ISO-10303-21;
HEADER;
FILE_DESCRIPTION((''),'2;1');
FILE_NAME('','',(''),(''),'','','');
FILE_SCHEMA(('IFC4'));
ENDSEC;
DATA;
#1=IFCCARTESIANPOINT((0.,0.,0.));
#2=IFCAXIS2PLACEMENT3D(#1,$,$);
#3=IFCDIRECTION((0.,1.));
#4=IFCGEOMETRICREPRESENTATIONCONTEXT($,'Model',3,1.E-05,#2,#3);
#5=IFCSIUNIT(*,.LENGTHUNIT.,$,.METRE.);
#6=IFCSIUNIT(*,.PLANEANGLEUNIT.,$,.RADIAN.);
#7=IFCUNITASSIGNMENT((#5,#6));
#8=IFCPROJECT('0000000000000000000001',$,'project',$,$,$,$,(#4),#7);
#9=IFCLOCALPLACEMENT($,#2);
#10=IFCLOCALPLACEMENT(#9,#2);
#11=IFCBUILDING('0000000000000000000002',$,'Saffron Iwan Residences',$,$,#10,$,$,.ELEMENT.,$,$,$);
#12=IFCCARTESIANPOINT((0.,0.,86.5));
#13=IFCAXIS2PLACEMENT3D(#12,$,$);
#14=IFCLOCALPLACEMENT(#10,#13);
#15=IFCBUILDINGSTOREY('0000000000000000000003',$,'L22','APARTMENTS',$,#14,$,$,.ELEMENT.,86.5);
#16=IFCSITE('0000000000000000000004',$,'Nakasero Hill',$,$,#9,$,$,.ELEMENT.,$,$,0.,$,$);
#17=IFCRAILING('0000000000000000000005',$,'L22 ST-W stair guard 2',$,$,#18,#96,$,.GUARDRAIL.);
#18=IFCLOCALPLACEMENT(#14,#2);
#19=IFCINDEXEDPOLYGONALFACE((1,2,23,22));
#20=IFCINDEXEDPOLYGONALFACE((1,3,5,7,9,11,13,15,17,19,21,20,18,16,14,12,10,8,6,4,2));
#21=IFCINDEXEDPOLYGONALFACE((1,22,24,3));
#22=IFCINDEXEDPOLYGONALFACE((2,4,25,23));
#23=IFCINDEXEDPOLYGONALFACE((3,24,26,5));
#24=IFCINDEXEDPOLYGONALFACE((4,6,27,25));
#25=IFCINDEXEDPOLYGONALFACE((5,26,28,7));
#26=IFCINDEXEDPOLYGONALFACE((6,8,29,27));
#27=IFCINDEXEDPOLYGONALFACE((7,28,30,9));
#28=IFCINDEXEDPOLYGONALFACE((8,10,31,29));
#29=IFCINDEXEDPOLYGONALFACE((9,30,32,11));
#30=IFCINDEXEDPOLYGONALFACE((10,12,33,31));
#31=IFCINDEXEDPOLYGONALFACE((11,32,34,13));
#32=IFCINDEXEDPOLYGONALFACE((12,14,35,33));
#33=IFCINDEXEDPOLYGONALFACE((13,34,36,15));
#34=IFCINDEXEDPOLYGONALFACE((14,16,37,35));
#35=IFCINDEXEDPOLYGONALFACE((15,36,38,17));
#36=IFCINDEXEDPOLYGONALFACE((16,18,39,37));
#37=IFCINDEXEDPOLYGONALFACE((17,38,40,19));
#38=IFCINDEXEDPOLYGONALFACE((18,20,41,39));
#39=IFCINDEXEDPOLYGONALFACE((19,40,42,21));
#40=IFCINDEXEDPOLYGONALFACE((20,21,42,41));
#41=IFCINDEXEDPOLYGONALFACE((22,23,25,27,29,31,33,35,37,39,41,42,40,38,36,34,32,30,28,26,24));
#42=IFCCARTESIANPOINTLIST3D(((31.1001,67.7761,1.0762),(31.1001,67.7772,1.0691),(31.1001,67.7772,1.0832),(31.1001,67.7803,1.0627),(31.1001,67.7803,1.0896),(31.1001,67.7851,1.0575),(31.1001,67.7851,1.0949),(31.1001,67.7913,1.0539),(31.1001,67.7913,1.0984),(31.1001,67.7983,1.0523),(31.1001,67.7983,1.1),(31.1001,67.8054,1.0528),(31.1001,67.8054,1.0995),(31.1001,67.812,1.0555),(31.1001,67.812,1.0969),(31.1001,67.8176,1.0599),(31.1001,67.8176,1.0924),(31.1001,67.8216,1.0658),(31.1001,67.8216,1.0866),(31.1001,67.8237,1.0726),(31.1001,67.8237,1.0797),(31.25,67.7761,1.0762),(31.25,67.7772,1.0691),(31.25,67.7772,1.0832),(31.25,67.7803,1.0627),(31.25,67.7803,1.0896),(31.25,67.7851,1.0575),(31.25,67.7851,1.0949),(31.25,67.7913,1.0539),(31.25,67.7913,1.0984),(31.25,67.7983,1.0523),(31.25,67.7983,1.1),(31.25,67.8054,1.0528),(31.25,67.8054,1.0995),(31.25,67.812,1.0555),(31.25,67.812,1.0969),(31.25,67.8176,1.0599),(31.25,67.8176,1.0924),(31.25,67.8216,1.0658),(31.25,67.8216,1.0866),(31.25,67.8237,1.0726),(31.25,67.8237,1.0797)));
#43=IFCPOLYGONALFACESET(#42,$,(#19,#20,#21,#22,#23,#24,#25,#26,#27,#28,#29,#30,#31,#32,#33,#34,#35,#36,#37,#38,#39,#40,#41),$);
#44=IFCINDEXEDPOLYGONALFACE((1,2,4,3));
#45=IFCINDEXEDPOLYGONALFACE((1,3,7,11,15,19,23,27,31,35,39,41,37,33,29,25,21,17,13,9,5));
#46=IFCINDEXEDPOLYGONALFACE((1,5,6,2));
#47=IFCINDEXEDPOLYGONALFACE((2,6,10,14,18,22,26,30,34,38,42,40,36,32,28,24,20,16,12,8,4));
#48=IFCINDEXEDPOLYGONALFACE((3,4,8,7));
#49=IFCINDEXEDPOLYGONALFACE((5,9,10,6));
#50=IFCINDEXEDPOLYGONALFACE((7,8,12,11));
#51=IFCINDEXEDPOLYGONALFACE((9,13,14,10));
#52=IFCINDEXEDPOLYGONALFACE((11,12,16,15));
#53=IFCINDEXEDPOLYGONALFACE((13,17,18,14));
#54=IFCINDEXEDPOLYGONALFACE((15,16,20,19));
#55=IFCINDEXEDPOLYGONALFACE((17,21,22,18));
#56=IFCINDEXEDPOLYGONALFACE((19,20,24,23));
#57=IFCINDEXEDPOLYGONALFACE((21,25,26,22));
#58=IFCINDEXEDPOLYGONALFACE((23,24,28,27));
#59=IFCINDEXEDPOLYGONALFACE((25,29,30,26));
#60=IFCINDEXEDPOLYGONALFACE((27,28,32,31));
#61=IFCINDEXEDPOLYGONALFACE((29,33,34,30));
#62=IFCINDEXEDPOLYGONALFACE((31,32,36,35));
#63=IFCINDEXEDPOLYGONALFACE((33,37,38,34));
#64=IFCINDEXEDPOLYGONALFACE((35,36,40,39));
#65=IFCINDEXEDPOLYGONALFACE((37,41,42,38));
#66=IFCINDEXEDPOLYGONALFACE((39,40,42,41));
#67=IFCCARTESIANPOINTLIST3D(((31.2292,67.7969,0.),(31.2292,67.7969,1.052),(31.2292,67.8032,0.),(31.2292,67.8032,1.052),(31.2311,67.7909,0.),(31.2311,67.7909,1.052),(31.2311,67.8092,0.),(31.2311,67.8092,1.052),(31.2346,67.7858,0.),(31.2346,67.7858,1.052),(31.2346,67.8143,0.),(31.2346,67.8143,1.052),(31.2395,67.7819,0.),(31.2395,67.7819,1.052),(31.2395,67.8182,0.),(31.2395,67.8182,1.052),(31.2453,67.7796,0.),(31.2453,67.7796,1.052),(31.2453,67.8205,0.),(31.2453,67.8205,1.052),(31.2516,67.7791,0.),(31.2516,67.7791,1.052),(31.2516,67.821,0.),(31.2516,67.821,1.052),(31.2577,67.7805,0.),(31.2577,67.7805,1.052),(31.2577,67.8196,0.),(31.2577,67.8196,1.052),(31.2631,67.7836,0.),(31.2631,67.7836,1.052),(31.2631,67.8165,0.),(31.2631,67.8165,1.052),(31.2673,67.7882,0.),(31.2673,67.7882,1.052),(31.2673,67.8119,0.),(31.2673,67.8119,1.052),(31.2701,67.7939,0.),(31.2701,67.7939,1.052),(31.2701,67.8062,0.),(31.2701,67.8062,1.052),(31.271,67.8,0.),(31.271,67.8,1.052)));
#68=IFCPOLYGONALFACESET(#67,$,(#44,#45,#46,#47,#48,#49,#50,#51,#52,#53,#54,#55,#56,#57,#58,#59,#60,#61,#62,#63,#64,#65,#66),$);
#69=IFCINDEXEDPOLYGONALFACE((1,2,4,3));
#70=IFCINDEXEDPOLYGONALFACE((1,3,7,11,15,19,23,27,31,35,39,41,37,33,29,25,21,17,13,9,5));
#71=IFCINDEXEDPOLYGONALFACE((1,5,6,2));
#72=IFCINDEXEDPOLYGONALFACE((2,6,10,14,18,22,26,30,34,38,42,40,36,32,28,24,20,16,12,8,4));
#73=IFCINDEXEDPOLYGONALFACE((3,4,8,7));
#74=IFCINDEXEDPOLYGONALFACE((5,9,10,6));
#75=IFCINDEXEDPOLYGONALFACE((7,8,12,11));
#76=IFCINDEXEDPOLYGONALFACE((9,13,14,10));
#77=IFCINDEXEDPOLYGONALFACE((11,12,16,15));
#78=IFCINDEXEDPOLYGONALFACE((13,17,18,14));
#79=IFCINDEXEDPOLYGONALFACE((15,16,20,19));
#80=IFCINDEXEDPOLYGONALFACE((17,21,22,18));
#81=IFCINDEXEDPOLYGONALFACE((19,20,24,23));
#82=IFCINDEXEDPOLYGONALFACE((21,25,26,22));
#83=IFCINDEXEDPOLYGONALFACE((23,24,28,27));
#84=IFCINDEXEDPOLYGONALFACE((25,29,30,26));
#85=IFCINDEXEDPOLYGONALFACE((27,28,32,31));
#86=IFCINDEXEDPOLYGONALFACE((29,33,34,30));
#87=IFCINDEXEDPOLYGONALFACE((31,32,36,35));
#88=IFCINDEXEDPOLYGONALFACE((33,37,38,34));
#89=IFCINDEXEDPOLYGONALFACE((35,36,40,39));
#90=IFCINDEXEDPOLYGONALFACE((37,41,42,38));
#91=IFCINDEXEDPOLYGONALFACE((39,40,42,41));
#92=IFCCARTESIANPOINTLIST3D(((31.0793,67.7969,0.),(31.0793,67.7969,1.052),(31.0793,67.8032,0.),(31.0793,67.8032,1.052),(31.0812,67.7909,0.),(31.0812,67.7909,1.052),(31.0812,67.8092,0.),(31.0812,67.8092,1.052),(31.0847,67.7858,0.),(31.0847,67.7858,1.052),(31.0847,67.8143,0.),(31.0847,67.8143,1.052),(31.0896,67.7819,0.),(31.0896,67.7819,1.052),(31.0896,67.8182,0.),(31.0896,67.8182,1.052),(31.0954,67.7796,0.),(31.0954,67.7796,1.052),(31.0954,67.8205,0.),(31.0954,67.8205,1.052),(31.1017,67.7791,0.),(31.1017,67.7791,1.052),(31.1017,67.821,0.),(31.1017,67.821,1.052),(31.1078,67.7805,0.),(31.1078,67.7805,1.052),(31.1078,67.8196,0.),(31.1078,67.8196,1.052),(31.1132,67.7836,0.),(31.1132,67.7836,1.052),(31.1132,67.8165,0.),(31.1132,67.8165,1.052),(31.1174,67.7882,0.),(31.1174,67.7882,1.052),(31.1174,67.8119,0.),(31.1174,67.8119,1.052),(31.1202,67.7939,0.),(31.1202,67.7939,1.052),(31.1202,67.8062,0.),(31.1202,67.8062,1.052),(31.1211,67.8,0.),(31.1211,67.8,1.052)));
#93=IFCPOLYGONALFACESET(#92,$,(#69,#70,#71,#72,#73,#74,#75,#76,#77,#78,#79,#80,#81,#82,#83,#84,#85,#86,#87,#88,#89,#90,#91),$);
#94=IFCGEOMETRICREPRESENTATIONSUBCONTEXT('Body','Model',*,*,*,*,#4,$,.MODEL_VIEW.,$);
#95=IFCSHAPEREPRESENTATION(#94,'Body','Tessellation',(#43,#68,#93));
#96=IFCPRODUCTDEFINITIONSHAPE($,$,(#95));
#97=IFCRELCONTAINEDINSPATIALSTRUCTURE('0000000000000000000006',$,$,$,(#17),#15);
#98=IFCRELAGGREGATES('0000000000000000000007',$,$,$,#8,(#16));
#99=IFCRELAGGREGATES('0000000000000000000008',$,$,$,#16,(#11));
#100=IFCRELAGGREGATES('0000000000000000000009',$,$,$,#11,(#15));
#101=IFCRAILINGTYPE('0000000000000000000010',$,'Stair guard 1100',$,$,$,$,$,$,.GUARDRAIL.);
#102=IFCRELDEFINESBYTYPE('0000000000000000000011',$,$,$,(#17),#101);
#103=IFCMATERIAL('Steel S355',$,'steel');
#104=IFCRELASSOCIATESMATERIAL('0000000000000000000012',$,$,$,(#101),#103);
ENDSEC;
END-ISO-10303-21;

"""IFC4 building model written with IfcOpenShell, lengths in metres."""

from ifc_helpers import new_model, si_unit, direction, frame, origin, origin_2d, place, context, subcontext, project, spatial, circle, extrude, material, type_object, element, save


model = new_model("IFC4")

# Units and contexts
model_context = context("Model", 3, precision=1e-05, world=origin(), true_north=direction((0.0, 1.0)))
body_context = subcontext(model_context, "Body", "Model", "MODEL_VIEW")
ifc_project = project(units=[si_unit("LENGTHUNIT", "METRE"), si_unit("PLANEANGLEUNIT", "RADIAN")], contexts=[model_context])

# Site, building, storey
site_placement = place(None, origin())
site = spatial("IfcSite", under=ifc_project, at=site_placement, Name="Nakasero Hill", CompositionType="ELEMENT", RefElevation=0.0)
building_placement = place(site_placement, origin())
building = spatial("IfcBuilding", under=site, at=building_placement, Name="Saffron Iwan Residences", CompositionType="ELEMENT")
storey_placement = place(building_placement, frame((0.0, 0.0, 86.5)))
storey = spatial("IfcBuildingStorey", under=building, at=storey_placement, Name="L22", Description="APARTMENTS", CompositionType="ELEMENT", Elevation=86.5)

# Railing
ifc_material_1 = material(Name="Steel S355", Category="steel")
railing_type_1 = type_object("IfcRailingType", Name="Stair guard 1100", PredefinedType="GUARDRAIL", material=ifc_material_1)
railing_1_placement = place(storey_placement, frame((31.25, 67.8, 0.0)))
element("IfcRailing", 1, at=railing_1_placement, inside=storey, type_object=railing_type_1, Name="L22 ST-W stair guard 2", PredefinedType="GUARDRAIL", context=body_context, shape_type="SweptSolid", body=[
    extrude(circle(Radius=0.0239, at=origin_2d()), frame((0.0, 0.0, 1.0762), z_axis=(-1.0, 0.0, 0.0), x_axis=(0.0, -1.0, 0.0)), (0.0, 0.0, 1.0), 0.1499),
    extrude(circle(Radius=0.021, at=origin_2d()), origin(), (0.0, 0.0, 1.0), 1.052),
    extrude(circle(Radius=0.021, at=origin_2d()), frame((-0.1499, 0.0, 0.0)), (0.0, 0.0, 1.0), 1.052),
])

save(model, "model.ifc")
